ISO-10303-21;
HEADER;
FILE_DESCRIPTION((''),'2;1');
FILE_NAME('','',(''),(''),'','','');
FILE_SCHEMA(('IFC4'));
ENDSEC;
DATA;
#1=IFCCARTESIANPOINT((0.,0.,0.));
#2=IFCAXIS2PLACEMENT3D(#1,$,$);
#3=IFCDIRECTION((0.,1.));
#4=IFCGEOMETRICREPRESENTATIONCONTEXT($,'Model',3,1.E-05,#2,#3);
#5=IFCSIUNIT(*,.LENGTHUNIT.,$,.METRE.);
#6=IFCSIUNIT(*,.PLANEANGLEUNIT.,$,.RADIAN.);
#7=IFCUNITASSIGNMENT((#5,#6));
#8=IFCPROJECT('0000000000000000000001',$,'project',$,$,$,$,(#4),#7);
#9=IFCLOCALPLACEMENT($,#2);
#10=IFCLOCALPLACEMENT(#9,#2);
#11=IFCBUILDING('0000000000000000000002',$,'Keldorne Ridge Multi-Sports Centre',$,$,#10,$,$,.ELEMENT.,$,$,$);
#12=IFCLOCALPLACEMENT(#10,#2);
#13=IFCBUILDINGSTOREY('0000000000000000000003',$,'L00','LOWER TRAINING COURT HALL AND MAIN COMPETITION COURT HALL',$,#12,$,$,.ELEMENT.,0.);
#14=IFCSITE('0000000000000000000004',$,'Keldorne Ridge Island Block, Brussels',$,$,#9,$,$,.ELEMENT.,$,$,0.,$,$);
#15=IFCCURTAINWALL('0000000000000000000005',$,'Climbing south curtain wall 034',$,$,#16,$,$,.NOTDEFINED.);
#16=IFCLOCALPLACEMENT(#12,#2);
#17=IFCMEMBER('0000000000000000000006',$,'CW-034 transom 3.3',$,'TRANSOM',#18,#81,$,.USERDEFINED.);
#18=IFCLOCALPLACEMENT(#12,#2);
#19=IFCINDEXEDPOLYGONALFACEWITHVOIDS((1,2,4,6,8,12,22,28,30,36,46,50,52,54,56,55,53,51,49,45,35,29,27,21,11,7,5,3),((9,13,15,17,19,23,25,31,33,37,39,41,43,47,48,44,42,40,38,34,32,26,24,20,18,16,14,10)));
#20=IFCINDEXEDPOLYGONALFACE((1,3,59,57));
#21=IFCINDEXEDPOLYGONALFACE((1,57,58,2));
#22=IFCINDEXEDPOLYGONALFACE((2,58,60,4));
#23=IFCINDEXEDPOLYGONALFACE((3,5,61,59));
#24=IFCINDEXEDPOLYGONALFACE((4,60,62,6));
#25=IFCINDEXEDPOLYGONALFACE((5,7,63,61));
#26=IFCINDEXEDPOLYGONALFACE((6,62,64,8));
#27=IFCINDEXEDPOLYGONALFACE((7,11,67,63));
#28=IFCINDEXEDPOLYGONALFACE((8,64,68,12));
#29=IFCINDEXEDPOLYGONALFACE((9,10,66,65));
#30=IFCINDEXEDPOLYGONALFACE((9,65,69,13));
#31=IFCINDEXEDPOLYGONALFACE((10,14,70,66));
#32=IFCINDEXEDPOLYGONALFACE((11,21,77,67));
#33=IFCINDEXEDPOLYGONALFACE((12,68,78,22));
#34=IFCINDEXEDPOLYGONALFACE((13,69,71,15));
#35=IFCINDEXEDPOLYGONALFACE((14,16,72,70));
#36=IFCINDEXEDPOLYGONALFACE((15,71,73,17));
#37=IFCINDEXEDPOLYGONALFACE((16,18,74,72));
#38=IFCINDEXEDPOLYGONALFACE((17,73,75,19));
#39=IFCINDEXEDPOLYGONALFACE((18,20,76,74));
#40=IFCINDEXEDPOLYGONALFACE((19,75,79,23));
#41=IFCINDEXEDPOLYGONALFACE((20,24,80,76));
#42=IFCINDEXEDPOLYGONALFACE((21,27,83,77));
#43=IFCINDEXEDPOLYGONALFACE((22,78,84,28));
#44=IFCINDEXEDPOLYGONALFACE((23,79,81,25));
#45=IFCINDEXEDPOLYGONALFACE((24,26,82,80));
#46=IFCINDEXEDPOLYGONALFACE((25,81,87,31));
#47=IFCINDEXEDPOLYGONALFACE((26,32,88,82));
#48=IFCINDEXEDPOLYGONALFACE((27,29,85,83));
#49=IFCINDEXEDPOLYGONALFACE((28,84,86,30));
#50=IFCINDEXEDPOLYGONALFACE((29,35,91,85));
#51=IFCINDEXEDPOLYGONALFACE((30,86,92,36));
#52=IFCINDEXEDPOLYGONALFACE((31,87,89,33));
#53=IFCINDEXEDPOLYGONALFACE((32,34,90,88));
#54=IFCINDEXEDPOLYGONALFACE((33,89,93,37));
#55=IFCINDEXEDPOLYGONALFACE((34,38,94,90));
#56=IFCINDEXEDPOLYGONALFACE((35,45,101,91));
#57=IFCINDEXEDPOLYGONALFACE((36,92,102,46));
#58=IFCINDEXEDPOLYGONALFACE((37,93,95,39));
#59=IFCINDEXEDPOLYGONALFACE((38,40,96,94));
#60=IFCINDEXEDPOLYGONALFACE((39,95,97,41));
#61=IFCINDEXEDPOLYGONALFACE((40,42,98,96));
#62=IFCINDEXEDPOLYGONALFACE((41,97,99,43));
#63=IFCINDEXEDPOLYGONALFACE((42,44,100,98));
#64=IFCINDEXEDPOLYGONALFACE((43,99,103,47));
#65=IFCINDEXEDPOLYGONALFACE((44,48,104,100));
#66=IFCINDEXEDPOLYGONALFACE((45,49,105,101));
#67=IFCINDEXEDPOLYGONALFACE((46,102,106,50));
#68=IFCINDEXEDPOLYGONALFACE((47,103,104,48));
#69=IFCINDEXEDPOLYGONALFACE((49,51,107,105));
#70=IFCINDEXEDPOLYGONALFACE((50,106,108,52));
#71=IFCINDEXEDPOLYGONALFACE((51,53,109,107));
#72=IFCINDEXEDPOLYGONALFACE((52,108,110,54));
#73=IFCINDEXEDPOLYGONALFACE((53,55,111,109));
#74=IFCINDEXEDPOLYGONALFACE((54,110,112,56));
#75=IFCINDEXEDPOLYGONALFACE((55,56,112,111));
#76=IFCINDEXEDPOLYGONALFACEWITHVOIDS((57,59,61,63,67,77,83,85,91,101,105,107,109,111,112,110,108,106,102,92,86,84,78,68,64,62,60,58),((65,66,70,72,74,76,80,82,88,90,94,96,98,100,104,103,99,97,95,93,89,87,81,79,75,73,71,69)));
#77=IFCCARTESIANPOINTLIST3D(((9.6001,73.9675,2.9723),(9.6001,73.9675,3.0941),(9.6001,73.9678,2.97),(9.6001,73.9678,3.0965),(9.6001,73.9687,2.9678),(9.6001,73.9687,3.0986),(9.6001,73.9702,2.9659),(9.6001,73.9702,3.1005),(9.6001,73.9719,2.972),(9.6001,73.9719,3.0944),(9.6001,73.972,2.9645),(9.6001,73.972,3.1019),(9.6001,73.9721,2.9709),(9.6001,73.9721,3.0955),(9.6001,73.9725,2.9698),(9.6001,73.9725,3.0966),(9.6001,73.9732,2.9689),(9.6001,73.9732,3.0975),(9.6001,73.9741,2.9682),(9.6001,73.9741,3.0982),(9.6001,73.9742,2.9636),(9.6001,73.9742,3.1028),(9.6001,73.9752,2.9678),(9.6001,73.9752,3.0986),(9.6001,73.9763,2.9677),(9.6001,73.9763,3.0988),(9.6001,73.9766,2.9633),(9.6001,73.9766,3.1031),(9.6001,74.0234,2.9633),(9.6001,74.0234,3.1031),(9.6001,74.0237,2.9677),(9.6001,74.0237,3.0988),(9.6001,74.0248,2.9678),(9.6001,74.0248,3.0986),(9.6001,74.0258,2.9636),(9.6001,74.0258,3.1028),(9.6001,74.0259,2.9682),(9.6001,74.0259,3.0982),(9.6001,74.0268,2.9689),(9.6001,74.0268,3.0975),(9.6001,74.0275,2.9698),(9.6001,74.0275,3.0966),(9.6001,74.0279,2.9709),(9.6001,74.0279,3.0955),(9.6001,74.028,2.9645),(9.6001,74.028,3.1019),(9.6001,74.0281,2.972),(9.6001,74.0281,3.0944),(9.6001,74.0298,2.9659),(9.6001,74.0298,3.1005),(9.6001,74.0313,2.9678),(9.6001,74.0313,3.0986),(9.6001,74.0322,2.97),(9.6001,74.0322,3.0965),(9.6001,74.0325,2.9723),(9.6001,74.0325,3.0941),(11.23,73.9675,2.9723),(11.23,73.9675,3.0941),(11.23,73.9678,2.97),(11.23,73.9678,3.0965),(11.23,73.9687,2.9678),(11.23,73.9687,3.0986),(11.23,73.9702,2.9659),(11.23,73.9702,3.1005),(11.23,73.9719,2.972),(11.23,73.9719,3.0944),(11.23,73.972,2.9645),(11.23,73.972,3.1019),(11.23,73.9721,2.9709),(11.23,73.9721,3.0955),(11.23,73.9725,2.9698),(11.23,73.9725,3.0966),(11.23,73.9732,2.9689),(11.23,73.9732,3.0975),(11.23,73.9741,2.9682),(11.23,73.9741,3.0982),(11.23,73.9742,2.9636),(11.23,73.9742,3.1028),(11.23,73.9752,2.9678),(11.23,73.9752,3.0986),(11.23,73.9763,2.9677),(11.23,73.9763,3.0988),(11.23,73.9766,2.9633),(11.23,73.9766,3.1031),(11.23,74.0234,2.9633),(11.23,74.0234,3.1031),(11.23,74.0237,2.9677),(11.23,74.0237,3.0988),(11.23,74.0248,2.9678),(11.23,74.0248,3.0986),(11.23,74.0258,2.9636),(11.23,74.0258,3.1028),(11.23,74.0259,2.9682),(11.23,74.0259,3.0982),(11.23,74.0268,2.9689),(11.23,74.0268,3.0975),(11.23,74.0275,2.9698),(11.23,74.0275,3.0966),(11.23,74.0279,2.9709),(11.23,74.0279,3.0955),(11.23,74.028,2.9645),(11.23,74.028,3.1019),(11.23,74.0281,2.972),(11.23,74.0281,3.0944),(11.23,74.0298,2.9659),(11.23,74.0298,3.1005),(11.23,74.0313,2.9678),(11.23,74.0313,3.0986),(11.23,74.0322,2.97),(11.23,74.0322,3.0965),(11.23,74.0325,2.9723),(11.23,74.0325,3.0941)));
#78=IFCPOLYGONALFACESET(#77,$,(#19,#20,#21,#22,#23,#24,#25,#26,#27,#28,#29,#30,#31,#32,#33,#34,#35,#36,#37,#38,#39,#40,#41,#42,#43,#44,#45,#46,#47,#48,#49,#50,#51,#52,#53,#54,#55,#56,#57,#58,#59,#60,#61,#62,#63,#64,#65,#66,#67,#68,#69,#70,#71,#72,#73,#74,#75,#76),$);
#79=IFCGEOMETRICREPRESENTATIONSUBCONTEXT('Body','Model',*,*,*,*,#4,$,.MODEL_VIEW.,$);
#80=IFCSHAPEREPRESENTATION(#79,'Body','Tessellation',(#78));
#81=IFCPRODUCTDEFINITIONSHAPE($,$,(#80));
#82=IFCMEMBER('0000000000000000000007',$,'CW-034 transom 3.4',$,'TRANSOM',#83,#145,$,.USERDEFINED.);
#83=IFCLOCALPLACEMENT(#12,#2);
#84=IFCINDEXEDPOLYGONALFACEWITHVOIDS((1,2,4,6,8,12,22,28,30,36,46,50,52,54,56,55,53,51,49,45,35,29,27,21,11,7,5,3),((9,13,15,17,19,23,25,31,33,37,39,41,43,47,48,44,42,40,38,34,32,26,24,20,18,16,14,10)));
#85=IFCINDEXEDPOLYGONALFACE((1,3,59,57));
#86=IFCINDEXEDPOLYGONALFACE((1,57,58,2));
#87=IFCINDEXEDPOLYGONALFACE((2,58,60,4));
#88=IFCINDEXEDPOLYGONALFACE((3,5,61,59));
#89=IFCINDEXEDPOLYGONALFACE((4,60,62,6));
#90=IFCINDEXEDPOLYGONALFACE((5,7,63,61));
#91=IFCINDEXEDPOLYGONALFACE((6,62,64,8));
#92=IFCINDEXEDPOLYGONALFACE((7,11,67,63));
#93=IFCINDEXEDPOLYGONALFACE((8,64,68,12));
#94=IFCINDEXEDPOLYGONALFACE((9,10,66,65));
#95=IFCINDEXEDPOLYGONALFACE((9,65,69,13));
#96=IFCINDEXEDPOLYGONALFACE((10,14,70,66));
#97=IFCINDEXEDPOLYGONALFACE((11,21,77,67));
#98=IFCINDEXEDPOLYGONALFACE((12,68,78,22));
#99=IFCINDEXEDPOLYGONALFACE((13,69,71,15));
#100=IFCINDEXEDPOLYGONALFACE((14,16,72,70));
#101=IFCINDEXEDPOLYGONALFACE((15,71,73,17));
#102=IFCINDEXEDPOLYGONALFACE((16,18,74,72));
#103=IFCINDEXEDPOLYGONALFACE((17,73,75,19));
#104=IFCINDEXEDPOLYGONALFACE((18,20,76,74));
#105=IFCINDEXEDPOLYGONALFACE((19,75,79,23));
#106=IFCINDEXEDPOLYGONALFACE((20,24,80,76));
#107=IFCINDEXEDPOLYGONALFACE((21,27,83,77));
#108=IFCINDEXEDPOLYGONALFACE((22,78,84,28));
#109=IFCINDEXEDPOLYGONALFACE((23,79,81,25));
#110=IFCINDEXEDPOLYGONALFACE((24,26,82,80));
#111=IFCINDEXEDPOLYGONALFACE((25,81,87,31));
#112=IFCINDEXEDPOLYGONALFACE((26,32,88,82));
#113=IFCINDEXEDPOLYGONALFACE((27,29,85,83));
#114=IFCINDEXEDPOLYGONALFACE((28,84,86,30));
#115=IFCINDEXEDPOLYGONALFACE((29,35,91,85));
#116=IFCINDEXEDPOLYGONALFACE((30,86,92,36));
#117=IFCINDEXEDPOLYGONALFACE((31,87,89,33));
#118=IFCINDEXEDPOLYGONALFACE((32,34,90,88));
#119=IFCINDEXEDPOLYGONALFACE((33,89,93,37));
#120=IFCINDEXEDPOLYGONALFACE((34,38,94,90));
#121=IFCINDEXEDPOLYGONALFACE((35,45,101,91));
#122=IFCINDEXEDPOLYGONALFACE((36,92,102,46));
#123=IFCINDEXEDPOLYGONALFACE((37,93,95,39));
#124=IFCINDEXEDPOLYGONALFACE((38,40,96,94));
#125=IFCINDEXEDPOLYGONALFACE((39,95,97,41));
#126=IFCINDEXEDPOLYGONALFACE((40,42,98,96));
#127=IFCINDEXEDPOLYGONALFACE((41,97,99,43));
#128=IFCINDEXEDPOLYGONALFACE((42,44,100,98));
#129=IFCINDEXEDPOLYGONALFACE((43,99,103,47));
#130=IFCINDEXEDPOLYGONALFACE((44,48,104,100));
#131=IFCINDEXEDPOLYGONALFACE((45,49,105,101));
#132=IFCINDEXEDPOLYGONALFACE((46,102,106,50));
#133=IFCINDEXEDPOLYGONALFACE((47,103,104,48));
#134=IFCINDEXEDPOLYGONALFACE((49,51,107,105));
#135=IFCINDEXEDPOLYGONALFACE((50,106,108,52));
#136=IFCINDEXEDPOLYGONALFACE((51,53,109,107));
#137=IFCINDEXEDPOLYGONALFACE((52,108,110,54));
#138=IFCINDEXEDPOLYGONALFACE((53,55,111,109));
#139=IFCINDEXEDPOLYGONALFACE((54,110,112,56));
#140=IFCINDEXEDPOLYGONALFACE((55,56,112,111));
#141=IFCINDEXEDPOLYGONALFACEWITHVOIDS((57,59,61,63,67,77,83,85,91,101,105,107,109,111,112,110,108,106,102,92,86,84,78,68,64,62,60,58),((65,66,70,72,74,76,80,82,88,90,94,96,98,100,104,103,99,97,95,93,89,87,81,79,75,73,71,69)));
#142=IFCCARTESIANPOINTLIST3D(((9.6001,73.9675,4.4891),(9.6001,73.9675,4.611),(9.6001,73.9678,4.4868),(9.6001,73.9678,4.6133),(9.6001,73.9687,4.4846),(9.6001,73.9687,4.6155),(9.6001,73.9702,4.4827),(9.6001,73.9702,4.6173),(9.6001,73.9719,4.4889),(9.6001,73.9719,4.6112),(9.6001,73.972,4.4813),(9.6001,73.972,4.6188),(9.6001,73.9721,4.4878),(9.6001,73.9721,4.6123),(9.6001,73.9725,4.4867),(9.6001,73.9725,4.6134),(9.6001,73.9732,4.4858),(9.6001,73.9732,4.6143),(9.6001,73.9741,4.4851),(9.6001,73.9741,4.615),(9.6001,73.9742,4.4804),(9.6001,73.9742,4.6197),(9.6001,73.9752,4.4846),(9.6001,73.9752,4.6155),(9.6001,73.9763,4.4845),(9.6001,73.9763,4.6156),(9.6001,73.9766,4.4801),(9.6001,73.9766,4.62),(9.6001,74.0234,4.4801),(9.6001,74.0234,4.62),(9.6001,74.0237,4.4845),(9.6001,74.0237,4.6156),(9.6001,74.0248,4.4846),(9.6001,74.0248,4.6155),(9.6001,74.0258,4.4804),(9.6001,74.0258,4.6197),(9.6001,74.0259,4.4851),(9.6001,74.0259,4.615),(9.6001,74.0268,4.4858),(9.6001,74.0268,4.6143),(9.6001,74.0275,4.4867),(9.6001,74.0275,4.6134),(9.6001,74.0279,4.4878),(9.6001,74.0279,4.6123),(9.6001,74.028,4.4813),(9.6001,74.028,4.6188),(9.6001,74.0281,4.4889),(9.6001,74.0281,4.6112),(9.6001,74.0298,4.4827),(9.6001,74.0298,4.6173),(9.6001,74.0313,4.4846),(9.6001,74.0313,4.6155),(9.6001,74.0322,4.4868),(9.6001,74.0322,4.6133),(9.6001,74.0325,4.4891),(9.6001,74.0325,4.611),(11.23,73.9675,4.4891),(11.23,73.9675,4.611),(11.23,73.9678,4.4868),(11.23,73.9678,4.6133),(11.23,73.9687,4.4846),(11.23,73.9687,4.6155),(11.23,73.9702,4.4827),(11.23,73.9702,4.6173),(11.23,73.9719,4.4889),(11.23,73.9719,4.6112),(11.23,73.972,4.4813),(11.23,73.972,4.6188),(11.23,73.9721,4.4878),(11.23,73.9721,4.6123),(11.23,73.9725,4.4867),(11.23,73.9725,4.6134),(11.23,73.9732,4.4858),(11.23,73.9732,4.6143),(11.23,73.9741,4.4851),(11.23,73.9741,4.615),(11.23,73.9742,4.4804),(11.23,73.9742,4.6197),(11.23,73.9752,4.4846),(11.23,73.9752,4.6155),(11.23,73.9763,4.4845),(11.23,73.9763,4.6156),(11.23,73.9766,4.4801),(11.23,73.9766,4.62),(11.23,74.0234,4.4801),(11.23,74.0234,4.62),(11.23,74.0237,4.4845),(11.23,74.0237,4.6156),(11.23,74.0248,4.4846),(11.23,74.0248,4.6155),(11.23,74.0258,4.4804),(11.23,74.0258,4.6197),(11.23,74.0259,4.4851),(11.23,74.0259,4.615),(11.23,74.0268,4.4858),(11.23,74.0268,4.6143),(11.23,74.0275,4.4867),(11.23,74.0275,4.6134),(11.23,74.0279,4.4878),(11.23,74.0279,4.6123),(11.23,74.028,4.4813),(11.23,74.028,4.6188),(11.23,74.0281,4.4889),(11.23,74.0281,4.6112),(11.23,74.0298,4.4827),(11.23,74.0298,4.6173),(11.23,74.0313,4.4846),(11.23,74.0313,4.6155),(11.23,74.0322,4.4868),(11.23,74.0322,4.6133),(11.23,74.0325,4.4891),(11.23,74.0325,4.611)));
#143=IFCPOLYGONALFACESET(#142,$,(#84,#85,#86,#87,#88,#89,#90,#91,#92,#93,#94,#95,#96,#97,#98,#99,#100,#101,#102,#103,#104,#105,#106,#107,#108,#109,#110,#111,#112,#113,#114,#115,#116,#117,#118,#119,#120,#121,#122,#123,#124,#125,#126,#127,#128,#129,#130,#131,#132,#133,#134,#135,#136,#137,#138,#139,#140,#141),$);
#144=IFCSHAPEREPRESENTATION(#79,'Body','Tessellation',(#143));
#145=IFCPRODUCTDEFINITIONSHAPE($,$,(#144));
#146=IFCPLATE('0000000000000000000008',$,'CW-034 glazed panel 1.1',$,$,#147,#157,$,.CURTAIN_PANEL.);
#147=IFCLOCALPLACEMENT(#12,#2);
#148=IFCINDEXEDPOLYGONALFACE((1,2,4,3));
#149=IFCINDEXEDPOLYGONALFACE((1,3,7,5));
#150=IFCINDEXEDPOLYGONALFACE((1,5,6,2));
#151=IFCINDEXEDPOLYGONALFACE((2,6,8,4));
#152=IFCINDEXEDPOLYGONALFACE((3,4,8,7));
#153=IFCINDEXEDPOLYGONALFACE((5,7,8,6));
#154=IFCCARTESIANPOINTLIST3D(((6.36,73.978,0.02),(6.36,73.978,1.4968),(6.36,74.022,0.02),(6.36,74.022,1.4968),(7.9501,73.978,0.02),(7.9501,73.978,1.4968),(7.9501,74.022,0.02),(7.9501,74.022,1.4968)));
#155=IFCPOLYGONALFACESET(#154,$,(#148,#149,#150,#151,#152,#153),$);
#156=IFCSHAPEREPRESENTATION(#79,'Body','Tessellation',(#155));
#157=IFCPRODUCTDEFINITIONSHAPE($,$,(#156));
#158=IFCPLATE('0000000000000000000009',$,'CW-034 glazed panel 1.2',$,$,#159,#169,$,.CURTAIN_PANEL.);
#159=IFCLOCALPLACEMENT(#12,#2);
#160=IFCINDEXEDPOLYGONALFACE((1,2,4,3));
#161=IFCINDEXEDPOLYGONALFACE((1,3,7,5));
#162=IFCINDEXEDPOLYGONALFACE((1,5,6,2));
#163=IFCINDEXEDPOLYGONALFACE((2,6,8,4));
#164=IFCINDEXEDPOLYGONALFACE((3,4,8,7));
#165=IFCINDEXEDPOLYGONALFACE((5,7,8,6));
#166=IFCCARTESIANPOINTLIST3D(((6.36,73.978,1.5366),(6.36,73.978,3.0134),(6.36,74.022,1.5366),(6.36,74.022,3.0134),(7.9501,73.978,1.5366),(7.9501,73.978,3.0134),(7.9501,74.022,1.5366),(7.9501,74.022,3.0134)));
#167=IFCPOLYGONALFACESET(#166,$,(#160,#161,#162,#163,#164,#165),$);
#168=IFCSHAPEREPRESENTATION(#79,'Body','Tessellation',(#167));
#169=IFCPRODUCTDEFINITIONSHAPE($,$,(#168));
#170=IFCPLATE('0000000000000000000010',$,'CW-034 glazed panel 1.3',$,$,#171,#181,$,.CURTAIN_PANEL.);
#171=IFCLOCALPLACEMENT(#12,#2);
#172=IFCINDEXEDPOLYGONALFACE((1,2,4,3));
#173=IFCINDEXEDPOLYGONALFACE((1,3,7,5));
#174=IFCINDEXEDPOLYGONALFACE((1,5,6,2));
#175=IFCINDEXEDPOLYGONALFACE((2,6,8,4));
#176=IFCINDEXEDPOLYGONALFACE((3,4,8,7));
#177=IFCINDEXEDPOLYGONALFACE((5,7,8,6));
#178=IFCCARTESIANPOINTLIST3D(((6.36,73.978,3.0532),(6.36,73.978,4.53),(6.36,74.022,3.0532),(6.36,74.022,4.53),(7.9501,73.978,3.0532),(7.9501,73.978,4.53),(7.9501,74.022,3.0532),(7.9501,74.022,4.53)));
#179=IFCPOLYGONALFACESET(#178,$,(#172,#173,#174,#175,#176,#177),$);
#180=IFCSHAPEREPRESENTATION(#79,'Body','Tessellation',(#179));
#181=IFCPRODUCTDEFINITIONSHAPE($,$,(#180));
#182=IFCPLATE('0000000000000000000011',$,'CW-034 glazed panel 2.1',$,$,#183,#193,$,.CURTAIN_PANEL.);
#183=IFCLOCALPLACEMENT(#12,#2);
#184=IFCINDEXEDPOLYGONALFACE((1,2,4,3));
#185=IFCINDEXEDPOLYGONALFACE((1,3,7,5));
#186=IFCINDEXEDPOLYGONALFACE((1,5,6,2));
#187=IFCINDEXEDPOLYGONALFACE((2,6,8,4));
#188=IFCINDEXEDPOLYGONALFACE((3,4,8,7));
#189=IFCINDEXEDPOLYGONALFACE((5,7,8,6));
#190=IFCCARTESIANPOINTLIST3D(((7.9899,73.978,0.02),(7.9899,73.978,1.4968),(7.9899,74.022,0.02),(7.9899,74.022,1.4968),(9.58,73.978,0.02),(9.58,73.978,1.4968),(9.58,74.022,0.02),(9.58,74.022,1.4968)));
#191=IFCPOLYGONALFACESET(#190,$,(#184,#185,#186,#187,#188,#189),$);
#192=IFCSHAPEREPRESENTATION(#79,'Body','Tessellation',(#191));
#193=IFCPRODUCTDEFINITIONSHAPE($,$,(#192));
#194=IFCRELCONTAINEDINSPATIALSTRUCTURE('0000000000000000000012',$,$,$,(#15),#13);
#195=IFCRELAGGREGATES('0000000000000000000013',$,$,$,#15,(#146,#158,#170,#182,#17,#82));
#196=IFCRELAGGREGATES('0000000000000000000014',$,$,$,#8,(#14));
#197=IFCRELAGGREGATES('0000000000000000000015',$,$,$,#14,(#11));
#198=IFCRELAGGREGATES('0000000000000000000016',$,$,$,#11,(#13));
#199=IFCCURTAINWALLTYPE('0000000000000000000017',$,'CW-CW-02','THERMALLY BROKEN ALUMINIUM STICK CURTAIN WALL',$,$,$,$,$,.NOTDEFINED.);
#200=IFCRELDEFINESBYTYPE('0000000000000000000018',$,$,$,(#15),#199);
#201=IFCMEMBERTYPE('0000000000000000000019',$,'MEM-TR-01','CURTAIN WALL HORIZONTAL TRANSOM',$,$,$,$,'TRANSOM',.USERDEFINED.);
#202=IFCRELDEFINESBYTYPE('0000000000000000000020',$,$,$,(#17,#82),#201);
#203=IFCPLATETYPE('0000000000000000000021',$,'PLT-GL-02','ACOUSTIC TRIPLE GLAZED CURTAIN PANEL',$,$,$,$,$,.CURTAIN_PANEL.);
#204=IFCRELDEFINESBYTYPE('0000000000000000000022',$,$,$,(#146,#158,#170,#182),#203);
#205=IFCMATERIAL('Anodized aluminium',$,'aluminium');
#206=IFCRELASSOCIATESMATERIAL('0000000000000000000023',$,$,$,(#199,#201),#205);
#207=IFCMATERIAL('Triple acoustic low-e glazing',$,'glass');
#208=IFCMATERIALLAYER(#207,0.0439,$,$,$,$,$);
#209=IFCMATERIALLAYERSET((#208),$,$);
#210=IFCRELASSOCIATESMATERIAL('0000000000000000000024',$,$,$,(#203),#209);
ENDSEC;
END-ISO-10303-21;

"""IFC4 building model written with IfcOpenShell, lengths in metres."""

from ifc_helpers import new_model, si_unit, direction, frame, origin, origin_2d, place, context, subcontext, project, spatial, rectangle, hollow_rectangle, extrude, material, layer, layer_set, material_profile, profile_set, type_object, element, aggregate, save


model = new_model("IFC4")

# Units and contexts
model_context = context("Model", 3, precision=1e-05, world=origin(), true_north=direction((0.0, 1.0)))
body_context = subcontext(model_context, "Body", "Model", "MODEL_VIEW")
ifc_project = project(units=[si_unit("LENGTHUNIT", "METRE"), si_unit("PLANEANGLEUNIT", "RADIAN")], contexts=[model_context])

# Site, building, storey
site_placement = place(None, origin())
site = spatial("IfcSite", under=ifc_project, at=site_placement, Name="Keldorne Ridge Island Block, Brussels", CompositionType="ELEMENT", RefElevation=0.0)
building_placement = place(site_placement, origin())
building = spatial("IfcBuilding", under=site, at=building_placement, Name="Keldorne Ridge Multi-Sports Centre", CompositionType="ELEMENT")
storey_placement = place(building_placement, origin())
storey = spatial("IfcBuildingStorey", under=building, at=storey_placement, Name="L00", Description="LOWER TRAINING COURT HALL AND MAIN COMPETITION COURT HALL", CompositionType="ELEMENT", Elevation=0.0)

# Curtain wall, members, plates
ifc_material_1 = material(Name="Anodized aluminium", Category="aluminium")
curtain_wall_type = type_object("IfcCurtainWallType", Name="CW-CW-02", Description="THERMALLY BROKEN ALUMINIUM STICK CURTAIN WALL", PredefinedType="NOTDEFINED", material=ifc_material_1)
curtain_wall_placement = place(storey_placement, origin())
curtain_wall = element("IfcCurtainWall", 1, at=curtain_wall_placement, inside=storey, type_object=curtain_wall_type, Name="Climbing south curtain wall 034", PredefinedType="NOTDEFINED")
ifc_material_profile_1 = material_profile(ifc_material_1, hollow_rectangle(XDim=0.0649, YDim=0.1399, WallThickness=0.0044, InnerFilletRadius=0.0044, OuterFilletRadius=0.009, at=origin_2d()), Name="ALU TRANSOM 140x65x4.5")
ifc_profile_set_1 = profile_set([ifc_material_profile_1], Name="Anodized aluminium")
member_type_1 = type_object("IfcMemberType", Name="MEM-TR-01", Description="CURTAIN WALL HORIZONTAL TRANSOM", ElementType="TRANSOM", PredefinedType="USERDEFINED", material=ifc_profile_set_1)
member_1_placement = place(storey_placement, frame((9.6001, 74.0, 3.0332), z_axis=(1.0, 0.0, 0.0), x_axis=(0.0, 1.0, 0.0)))
member_1 = element("IfcMember", 2, at=member_1_placement, type_object=member_type_1, Name="CW-034 transom 3.3", ObjectType="TRANSOM", PredefinedType="USERDEFINED", context=body_context, shape_type="SweptSolid", body=[
    extrude(hollow_rectangle(XDim=0.0649, YDim=0.1399, WallThickness=0.0044, InnerFilletRadius=0.0044, OuterFilletRadius=0.009, at=origin_2d()), origin(), (0.0, 0.0, 1.0), 1.6299),
])
member_2_placement = place(storey_placement, frame((9.6001, 74.0, 4.55), z_axis=(1.0, 0.0, 0.0), x_axis=(0.0, 1.0, 0.0)))
member_2 = element("IfcMember", 3, at=member_2_placement, type_object=member_type_1, Name="CW-034 transom 3.4", ObjectType="TRANSOM", PredefinedType="USERDEFINED", context=body_context, shape_type="SweptSolid", body=[
    extrude(hollow_rectangle(XDim=0.0649, YDim=0.1399, WallThickness=0.0044, InnerFilletRadius=0.0044, OuterFilletRadius=0.009, at=origin_2d()), origin(), (0.0, 0.0, 1.0), 1.6299),
])
ifc_material_2 = material(Name="Triple acoustic low-e glazing", Category="glass")
ifc_layer_1 = layer(ifc_material_2, 0.0439)
ifc_layer_set_1 = layer_set([ifc_layer_1])
plate_type_1 = type_object("IfcPlateType", Name="PLT-GL-02", Description="ACOUSTIC TRIPLE GLAZED CURTAIN PANEL", PredefinedType="CURTAIN_PANEL", material=ifc_layer_set_1)
plate_1_placement = place(storey_placement, frame((7.155, 74.0, 0.02), z_axis=(0.0, 0.0, 1.0), x_axis=(1.0, 0.0, 0.0)))
plate_1 = element("IfcPlate", 4, at=plate_1_placement, type_object=plate_type_1, Name="CW-034 glazed panel 1.1", PredefinedType="CURTAIN_PANEL", context=body_context, shape_type="SweptSolid", body=[
    extrude(rectangle(XDim=1.5901, YDim=0.0439, at=origin_2d()), origin(), (0.0, 0.0, 1.0), 1.4768),
])
plate_2_placement = place(storey_placement, frame((7.155, 74.0, 1.5366), z_axis=(0.0, 0.0, 1.0), x_axis=(1.0, 0.0, 0.0)))
plate_2 = element("IfcPlate", 5, at=plate_2_placement, type_object=plate_type_1, Name="CW-034 glazed panel 1.2", PredefinedType="CURTAIN_PANEL", context=body_context, shape_type="SweptSolid", body=[
    extrude(rectangle(XDim=1.5901, YDim=0.0439, at=origin_2d()), origin(), (0.0, 0.0, 1.0), 1.4768),
])
plate_3_placement = place(storey_placement, frame((7.155, 74.0, 3.0532), z_axis=(0.0, 0.0, 1.0), x_axis=(1.0, 0.0, 0.0)))
plate_3 = element("IfcPlate", 6, at=plate_3_placement, type_object=plate_type_1, Name="CW-034 glazed panel 1.3", PredefinedType="CURTAIN_PANEL", context=body_context, shape_type="SweptSolid", body=[
    extrude(rectangle(XDim=1.5901, YDim=0.0439, at=origin_2d()), origin(), (0.0, 0.0, 1.0), 1.4768),
])
plate_4_placement = place(storey_placement, frame((8.7849, 74.0, 0.02), z_axis=(0.0, 0.0, 1.0), x_axis=(1.0, 0.0, 0.0)))
plate_4 = element("IfcPlate", 7, at=plate_4_placement, type_object=plate_type_1, Name="CW-034 glazed panel 2.1", PredefinedType="CURTAIN_PANEL", context=body_context, shape_type="SweptSolid", body=[
    extrude(rectangle(XDim=1.5901, YDim=0.0439, at=origin_2d()), origin(), (0.0, 0.0, 1.0), 1.4768),
])
aggregate(curtain_wall, [plate_1, plate_2, plate_3, plate_4, member_1, member_2])

save(model, "model.ifc")
